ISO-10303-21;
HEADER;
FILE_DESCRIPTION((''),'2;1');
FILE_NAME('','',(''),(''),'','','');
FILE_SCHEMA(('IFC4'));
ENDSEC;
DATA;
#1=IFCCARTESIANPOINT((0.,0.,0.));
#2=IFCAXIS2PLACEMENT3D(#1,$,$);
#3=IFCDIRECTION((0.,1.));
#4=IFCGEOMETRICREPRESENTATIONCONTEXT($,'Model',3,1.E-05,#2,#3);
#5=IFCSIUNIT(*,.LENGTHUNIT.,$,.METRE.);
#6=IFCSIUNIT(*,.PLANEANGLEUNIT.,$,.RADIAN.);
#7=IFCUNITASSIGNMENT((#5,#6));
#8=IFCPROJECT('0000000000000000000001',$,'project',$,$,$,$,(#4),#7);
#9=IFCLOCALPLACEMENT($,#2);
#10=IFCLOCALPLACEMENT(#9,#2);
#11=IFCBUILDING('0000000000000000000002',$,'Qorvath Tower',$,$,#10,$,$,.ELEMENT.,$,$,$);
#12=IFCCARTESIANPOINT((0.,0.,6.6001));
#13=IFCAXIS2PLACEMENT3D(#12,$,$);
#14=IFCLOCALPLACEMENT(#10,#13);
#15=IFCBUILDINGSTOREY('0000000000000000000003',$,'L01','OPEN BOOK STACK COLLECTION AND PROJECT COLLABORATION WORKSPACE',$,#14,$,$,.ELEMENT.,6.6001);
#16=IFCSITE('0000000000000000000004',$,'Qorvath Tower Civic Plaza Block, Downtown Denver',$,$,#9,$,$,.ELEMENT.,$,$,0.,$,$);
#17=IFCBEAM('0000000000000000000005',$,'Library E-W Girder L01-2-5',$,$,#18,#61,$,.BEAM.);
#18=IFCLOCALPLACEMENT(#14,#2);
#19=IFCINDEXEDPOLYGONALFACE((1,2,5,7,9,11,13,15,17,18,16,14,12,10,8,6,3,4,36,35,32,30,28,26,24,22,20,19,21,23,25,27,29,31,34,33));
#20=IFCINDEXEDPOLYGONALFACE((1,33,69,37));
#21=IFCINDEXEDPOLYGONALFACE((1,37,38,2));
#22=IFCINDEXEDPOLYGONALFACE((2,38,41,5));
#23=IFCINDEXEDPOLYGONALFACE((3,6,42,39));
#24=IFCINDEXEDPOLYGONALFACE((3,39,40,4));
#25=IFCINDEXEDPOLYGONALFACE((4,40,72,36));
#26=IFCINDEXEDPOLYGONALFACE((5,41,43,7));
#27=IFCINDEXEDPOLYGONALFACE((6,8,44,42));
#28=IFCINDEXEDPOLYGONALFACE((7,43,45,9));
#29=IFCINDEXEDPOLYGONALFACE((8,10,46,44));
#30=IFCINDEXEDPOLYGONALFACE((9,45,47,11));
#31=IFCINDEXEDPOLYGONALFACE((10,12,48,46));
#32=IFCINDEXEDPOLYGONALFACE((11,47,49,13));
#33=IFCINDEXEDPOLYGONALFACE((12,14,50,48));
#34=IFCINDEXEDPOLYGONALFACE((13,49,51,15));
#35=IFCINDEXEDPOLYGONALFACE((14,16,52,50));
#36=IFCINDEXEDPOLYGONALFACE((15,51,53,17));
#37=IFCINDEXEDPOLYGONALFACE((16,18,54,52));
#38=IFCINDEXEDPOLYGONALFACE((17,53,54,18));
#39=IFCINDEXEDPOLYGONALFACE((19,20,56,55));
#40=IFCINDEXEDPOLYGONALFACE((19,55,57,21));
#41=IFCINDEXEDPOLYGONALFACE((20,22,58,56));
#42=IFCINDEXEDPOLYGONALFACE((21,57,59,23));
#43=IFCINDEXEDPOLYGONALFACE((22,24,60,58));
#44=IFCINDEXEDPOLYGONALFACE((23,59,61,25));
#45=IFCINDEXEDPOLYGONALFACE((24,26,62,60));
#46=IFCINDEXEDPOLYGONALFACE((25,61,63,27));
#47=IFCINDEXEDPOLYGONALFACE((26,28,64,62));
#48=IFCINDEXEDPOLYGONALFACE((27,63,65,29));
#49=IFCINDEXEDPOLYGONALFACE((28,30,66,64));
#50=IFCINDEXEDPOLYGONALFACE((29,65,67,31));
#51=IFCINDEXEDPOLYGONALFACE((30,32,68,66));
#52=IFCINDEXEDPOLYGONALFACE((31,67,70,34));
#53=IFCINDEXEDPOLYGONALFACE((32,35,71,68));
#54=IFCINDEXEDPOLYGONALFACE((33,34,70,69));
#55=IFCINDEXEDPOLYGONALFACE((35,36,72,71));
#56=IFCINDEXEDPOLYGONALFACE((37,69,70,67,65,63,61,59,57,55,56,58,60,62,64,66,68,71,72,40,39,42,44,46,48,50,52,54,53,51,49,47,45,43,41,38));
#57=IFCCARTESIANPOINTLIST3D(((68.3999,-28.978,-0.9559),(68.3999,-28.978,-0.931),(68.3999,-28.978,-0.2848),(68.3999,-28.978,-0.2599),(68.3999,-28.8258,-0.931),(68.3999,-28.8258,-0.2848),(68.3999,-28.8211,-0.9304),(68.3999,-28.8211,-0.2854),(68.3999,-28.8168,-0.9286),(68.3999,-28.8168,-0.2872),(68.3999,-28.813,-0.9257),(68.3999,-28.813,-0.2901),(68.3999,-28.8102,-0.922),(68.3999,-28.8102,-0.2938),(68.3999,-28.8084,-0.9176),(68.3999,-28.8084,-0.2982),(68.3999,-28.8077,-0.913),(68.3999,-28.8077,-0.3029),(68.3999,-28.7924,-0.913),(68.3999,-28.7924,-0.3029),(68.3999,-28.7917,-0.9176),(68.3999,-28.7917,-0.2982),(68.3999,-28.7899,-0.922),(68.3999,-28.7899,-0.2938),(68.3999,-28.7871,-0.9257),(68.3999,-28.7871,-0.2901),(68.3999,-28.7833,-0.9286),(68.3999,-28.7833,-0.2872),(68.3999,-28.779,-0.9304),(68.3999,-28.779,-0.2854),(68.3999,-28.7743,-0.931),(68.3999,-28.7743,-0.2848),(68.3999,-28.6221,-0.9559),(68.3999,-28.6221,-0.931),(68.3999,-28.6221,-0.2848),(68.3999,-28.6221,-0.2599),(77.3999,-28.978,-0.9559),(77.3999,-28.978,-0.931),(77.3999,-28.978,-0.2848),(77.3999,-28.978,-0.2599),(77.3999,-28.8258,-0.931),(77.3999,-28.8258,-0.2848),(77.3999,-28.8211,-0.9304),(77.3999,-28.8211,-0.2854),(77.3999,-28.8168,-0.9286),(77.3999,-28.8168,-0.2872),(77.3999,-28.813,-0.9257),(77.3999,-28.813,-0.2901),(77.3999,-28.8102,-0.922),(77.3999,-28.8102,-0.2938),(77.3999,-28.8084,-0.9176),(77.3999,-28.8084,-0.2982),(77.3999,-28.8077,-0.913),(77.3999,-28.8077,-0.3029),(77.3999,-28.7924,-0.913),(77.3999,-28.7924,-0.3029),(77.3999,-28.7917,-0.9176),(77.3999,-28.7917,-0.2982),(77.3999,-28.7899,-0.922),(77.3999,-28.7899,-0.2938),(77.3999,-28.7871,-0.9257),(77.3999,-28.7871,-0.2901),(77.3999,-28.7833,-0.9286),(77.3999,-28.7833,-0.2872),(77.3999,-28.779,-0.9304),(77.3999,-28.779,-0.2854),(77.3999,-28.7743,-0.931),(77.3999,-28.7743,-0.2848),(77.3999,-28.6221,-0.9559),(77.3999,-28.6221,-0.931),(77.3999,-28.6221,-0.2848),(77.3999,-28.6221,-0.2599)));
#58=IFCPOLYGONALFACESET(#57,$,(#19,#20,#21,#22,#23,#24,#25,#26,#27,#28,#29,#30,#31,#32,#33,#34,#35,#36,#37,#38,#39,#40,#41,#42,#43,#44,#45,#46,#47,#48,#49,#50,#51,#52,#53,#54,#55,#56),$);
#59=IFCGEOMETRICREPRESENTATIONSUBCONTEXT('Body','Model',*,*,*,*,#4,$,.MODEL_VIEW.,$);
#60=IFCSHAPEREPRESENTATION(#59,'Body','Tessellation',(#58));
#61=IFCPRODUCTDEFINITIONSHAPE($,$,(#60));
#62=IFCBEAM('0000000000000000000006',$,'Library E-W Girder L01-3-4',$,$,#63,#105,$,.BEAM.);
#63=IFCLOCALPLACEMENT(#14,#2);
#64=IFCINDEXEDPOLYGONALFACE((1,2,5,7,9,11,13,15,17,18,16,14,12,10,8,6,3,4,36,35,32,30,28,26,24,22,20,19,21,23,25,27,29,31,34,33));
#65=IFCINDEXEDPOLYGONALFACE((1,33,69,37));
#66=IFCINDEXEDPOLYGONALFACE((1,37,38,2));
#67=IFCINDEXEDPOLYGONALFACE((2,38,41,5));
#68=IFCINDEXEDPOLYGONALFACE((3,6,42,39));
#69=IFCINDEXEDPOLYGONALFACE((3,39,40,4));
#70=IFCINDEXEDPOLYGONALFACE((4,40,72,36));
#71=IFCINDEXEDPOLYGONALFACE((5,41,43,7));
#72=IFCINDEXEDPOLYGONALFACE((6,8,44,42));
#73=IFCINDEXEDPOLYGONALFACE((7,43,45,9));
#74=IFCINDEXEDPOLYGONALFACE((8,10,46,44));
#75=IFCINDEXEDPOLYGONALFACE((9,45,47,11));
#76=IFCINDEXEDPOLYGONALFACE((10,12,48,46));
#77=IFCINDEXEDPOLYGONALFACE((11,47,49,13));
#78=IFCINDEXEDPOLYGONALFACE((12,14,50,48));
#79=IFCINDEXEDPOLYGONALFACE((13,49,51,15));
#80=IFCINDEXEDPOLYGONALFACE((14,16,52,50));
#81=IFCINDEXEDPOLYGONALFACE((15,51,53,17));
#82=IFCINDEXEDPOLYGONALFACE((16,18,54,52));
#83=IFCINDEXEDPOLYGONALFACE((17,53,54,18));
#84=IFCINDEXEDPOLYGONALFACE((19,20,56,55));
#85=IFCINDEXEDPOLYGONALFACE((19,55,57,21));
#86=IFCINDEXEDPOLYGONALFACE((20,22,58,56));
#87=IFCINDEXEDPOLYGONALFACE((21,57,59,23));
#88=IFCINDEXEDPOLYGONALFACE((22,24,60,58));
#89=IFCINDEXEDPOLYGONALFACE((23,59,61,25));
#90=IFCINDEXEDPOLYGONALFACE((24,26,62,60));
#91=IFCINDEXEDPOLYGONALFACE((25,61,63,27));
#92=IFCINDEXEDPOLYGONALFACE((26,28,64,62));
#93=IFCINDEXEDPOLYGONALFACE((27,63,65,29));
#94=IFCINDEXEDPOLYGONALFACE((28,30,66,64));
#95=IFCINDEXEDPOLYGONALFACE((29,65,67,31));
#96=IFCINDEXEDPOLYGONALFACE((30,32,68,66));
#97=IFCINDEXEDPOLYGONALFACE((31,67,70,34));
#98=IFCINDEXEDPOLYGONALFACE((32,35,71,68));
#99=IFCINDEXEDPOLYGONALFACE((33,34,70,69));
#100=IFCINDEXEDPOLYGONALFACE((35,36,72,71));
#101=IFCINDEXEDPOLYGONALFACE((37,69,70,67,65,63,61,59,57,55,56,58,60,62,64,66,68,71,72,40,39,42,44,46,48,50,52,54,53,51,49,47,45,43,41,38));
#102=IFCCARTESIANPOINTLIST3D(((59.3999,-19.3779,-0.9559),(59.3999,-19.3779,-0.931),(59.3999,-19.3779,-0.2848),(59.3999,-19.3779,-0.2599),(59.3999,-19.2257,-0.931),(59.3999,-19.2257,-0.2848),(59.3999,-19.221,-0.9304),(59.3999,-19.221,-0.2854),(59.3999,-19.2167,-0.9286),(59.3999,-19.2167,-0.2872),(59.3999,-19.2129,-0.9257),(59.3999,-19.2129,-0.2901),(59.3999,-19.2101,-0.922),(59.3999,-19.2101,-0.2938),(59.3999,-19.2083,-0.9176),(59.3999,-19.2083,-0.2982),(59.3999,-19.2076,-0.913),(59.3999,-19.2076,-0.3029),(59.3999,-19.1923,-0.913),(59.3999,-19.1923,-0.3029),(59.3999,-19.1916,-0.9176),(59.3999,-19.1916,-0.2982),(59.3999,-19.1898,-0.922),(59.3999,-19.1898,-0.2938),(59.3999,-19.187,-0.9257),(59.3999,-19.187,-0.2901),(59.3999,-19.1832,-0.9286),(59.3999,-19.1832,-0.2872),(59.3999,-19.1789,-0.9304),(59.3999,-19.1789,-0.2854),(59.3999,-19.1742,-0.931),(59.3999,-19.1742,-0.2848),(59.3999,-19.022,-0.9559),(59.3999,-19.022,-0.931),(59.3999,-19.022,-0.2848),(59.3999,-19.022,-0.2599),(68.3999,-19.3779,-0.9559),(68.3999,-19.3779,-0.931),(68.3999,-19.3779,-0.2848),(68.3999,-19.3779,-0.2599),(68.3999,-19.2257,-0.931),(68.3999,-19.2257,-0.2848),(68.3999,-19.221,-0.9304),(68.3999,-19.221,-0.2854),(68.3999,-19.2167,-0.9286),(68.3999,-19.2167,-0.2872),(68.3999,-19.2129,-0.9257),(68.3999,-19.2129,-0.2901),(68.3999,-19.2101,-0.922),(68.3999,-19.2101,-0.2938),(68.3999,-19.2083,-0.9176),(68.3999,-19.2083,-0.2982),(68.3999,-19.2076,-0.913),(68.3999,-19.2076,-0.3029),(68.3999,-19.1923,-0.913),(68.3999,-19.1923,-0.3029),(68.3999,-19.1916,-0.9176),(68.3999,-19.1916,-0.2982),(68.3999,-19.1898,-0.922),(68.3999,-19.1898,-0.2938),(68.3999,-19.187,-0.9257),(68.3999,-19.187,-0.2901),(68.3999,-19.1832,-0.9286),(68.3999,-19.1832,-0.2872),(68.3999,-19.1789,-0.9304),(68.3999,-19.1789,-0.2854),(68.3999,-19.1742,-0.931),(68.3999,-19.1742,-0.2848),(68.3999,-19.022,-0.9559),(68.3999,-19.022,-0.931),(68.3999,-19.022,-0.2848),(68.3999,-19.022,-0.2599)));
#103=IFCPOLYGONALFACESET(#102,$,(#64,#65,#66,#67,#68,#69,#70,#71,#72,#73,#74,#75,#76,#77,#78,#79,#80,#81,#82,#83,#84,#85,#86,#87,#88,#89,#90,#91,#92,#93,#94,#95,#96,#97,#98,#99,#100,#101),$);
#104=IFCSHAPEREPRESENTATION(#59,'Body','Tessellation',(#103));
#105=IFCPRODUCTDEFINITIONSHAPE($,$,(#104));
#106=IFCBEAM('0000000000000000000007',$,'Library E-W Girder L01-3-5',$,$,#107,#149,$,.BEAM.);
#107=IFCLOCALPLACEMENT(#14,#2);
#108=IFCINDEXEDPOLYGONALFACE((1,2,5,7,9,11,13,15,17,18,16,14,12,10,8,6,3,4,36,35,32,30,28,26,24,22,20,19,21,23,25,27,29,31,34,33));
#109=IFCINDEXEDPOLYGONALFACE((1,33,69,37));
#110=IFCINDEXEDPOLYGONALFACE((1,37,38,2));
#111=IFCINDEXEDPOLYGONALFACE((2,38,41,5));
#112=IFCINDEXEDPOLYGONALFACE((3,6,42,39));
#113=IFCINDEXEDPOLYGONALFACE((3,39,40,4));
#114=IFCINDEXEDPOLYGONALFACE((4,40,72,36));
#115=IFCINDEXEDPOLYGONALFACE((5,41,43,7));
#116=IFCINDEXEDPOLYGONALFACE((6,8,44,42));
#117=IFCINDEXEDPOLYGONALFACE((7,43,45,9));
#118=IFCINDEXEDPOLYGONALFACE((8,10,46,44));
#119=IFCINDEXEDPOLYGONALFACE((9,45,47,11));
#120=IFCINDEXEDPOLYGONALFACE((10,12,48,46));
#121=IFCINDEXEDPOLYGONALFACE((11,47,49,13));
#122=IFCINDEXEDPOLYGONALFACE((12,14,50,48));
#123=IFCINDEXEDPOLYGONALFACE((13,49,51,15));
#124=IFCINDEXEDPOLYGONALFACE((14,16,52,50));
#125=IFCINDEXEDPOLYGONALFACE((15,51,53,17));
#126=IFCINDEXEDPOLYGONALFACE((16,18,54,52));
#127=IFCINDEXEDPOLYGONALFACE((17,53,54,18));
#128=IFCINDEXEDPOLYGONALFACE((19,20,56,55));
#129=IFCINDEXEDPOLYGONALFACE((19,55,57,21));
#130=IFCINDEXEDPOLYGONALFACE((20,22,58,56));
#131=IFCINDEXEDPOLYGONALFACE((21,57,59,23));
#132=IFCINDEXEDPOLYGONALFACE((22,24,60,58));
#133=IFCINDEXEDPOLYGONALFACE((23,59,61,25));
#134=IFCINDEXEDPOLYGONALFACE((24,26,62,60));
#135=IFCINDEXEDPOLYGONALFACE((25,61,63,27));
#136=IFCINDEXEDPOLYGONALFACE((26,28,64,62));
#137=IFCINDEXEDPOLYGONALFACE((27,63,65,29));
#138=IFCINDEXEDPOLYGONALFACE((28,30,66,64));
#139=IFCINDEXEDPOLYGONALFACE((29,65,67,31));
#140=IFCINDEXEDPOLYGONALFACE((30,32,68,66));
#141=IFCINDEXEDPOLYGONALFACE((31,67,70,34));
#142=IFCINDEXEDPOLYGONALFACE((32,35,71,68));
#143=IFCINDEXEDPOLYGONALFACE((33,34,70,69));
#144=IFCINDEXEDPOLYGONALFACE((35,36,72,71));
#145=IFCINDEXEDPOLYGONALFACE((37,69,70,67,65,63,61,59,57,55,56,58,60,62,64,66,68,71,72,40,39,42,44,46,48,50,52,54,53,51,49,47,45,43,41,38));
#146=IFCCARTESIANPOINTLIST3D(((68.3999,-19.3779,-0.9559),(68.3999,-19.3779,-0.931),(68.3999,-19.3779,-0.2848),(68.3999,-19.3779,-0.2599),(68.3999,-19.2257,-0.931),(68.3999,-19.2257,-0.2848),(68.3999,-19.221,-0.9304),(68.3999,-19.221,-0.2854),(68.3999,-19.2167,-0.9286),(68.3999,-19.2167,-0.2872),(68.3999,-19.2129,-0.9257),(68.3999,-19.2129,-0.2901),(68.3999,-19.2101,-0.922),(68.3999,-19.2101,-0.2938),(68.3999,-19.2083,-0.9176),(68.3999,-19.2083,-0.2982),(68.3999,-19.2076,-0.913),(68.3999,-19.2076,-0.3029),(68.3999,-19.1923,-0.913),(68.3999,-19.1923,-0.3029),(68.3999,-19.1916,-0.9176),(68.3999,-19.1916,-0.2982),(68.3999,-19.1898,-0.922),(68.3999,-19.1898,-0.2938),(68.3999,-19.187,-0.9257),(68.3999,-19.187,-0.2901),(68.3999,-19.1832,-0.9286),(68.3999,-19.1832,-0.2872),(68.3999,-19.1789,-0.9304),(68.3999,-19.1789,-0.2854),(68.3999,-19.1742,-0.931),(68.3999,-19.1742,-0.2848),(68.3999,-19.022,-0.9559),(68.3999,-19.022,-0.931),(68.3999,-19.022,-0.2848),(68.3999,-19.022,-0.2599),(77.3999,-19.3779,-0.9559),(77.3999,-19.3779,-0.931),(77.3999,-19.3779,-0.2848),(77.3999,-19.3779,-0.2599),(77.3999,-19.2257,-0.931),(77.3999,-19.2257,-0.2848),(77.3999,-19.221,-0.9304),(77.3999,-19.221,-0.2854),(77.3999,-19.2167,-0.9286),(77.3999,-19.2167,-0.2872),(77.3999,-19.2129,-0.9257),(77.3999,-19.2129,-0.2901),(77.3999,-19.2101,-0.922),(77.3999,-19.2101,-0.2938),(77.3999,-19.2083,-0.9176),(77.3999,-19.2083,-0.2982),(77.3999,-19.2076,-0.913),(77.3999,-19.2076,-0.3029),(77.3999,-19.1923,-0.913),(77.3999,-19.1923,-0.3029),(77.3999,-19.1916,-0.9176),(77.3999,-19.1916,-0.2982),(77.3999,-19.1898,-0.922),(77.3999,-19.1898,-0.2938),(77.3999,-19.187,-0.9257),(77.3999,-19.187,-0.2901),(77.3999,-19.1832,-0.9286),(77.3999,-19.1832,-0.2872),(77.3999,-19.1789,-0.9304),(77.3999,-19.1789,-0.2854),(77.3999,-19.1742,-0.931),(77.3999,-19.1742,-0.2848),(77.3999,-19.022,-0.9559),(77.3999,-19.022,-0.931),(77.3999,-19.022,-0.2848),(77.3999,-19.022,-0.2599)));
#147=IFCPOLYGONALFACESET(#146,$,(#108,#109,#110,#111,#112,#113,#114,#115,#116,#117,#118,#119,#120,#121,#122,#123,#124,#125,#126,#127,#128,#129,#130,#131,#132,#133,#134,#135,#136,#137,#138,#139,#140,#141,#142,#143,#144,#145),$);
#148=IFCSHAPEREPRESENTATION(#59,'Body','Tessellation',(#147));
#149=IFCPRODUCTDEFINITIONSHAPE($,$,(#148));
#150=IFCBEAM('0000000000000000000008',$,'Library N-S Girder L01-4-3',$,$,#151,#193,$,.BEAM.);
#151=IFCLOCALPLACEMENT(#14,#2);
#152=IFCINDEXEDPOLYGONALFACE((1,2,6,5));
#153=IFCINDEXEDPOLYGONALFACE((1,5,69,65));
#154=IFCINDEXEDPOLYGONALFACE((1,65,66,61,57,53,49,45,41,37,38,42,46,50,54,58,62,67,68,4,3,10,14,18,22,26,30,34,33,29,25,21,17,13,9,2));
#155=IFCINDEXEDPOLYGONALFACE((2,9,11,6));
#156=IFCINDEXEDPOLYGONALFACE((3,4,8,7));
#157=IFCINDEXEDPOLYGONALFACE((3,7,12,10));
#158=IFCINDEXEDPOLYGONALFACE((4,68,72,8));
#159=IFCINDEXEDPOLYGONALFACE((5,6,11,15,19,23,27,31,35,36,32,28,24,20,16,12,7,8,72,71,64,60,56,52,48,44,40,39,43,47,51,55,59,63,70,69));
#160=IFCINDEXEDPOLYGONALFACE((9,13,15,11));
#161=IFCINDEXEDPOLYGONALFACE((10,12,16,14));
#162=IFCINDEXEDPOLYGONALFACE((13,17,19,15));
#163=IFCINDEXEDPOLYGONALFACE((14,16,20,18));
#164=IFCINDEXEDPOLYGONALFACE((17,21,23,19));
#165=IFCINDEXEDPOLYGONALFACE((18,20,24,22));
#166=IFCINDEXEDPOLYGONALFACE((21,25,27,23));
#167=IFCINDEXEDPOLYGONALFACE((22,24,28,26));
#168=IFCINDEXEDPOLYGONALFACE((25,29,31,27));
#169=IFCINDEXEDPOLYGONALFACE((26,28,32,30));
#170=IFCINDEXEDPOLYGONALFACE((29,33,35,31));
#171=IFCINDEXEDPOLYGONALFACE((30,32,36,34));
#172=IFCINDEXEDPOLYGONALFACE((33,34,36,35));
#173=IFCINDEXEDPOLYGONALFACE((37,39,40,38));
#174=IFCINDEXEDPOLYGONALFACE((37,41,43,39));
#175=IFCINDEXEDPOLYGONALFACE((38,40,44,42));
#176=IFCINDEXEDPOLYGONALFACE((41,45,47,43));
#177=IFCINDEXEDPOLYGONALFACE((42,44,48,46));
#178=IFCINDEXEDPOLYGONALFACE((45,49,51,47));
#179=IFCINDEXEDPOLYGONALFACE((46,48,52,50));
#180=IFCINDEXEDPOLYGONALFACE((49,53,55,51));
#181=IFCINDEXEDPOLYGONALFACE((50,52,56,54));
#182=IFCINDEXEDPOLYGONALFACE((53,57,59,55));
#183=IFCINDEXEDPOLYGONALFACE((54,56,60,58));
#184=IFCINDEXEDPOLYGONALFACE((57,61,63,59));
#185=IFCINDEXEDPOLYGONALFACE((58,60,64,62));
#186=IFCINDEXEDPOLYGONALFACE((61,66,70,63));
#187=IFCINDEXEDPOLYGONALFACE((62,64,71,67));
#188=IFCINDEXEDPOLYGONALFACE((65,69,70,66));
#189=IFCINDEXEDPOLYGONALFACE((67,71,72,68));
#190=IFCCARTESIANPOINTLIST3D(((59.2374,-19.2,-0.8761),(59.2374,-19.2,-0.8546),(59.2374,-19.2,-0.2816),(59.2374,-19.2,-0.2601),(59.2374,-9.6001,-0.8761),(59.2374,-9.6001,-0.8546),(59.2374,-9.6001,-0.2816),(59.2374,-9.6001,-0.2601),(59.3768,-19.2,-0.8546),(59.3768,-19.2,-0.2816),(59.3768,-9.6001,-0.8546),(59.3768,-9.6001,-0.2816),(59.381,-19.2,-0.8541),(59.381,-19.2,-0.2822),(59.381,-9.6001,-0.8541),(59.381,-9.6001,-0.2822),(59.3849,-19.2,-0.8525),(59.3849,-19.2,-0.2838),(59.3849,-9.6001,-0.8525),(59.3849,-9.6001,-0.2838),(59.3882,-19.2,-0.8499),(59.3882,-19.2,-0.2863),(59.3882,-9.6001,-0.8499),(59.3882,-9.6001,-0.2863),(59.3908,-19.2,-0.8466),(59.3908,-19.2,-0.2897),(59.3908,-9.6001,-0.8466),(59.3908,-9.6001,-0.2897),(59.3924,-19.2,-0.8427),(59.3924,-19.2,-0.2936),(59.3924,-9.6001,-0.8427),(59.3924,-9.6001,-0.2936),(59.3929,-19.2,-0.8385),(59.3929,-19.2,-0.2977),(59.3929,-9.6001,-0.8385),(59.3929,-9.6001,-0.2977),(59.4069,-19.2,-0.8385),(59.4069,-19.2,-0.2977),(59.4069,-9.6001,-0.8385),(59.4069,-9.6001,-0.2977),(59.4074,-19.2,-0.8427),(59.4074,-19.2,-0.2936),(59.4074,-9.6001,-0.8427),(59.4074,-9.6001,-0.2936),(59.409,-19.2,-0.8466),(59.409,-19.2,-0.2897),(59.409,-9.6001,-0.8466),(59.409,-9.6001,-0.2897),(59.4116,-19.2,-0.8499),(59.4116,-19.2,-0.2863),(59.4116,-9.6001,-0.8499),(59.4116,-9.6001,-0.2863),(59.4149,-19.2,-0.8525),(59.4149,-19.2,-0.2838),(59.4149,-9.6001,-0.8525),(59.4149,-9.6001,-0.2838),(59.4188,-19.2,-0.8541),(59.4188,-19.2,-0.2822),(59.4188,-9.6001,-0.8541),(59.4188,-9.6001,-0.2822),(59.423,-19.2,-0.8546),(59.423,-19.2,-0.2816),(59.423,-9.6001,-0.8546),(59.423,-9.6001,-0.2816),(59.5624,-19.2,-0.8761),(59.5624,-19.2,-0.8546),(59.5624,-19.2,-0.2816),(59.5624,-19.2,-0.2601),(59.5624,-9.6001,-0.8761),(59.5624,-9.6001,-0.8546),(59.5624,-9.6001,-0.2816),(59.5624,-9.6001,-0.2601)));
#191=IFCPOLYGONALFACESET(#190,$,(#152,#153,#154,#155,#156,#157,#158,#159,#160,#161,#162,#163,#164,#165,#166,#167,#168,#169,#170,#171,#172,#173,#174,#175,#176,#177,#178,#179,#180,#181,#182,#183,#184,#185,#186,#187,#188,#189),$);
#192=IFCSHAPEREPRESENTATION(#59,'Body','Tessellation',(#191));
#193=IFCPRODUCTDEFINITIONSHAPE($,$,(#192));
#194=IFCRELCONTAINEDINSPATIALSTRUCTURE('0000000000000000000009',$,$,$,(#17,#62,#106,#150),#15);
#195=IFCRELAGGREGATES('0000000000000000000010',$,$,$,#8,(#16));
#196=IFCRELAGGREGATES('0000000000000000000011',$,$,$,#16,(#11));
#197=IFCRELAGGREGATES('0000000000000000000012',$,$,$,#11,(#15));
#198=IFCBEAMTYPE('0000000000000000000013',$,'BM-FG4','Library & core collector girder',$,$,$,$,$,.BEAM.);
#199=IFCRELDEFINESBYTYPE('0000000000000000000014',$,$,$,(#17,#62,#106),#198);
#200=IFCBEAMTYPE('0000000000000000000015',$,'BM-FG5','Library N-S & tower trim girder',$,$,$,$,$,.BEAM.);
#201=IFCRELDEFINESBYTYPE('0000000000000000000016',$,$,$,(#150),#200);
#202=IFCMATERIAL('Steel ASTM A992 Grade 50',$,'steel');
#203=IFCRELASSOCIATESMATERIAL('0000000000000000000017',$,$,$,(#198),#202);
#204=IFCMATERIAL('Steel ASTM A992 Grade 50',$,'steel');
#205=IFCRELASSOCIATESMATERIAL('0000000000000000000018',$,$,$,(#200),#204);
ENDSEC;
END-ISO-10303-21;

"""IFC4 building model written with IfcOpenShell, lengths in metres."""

from ifc_helpers import new_model, si_unit, direction, frame, origin, origin_2d, place, context, subcontext, project, spatial, i_section, extrude, material, material_profile, profile_set, type_object, element, save


model = new_model("IFC4")

# Units and contexts
model_context = context("Model", 3, precision=1e-05, world=origin(), true_north=direction((0.0, 1.0)))
body_context = subcontext(model_context, "Body", "Model", "MODEL_VIEW")
ifc_project = project(units=[si_unit("LENGTHUNIT", "METRE"), si_unit("PLANEANGLEUNIT", "RADIAN")], contexts=[model_context])

# Site, building, storey
site_placement = place(None, origin())
site = spatial("IfcSite", under=ifc_project, at=site_placement, Name="Qorvath Tower Civic Plaza Block, Downtown Denver", CompositionType="ELEMENT", RefElevation=0.0)
building_placement = place(site_placement, origin())
building = spatial("IfcBuilding", under=site, at=building_placement, Name="Qorvath Tower", CompositionType="ELEMENT")
storey_placement = place(building_placement, frame((0.0, 0.0, 6.6001)))
storey = spatial("IfcBuildingStorey", under=building, at=storey_placement, Name="L01", Description="OPEN BOOK STACK COLLECTION AND PROJECT COLLABORATION WORKSPACE", CompositionType="ELEMENT", Elevation=6.6001)

# Beams
ifc_material_1 = material(Name="Steel ASTM A992 Grade 50", Category="steel")
ifc_material_profile_1 = material_profile(ifc_material_1, i_section(OverallWidth=0.356, OverallDepth=0.696, WebThickness=0.0154, FlangeThickness=0.0249, FilletRadius=0.0181, at=origin_2d()), Name="W27x146")
ifc_profile_set_1 = profile_set([ifc_material_profile_1], Name="Steel ASTM A992 Grade 50")
beam_type_1 = type_object("IfcBeamType", Name="BM-FG4", Description="Library & core collector girder", PredefinedType="BEAM", material=ifc_profile_set_1)
for number, where, z_axis, x_axis, name in (
    (1, (68.3999, -28.8, -0.6079), (1.0, 0.0, 0.0), (0.0, 1.0, 0.0), "Library E-W Girder L01-2-5"),
    (2, (59.3999, -19.2, -0.6079), (1.0, 0.0, 0.0), (0.0, 1.0, 0.0), "Library E-W Girder L01-3-4"),
    (3, (68.3999, -19.2, -0.6079), (1.0, 0.0, 0.0), (0.0, 1.0, 0.0), "Library E-W Girder L01-3-5"),
):
    element("IfcBeam", number, at=place(storey_placement, frame(where, z_axis=z_axis, x_axis=x_axis)), inside=storey, type_object=beam_type_1, Name=name, PredefinedType="BEAM", context=body_context, shape_type="SweptSolid", body=[
        extrude(i_section(OverallWidth=0.356, OverallDepth=0.696, WebThickness=0.0154, FlangeThickness=0.0249, FilletRadius=0.0181, at=origin_2d()), origin(), (0.0, 0.0, 1.0), 9.0),
    ])
ifc_material_2 = material(Name="Steel ASTM A992 Grade 50", Category="steel")
ifc_material_profile_2 = material_profile(ifc_material_2, i_section(OverallWidth=0.325, OverallDepth=0.616, WebThickness=0.0139, FlangeThickness=0.0215, FilletRadius=0.0161, at=origin_2d()), Name="W24x117")
ifc_profile_set_2 = profile_set([ifc_material_profile_2], Name="Steel ASTM A992 Grade 50")
beam_type_2 = type_object("IfcBeamType", Name="BM-FG5", Description="Library N-S & tower trim girder", PredefinedType="BEAM", material=ifc_profile_set_2)
beam_1_placement = place(storey_placement, frame((59.3999, -19.2, -0.5681), z_axis=(0.0, 1.0, 0.0), x_axis=(-1.0, 0.0, 0.0)))
element("IfcBeam", 4, at=beam_1_placement, inside=storey, type_object=beam_type_2, Name="Library N-S Girder L01-4-3", PredefinedType="BEAM", context=body_context, shape_type="SweptSolid", body=[
    extrude(i_section(OverallWidth=0.325, OverallDepth=0.616, WebThickness=0.0139, FlangeThickness=0.0215, FilletRadius=0.0161, at=origin_2d()), origin(), (0.0, 0.0, 1.0), 9.5999),
])

save(model, "model.ifc")
